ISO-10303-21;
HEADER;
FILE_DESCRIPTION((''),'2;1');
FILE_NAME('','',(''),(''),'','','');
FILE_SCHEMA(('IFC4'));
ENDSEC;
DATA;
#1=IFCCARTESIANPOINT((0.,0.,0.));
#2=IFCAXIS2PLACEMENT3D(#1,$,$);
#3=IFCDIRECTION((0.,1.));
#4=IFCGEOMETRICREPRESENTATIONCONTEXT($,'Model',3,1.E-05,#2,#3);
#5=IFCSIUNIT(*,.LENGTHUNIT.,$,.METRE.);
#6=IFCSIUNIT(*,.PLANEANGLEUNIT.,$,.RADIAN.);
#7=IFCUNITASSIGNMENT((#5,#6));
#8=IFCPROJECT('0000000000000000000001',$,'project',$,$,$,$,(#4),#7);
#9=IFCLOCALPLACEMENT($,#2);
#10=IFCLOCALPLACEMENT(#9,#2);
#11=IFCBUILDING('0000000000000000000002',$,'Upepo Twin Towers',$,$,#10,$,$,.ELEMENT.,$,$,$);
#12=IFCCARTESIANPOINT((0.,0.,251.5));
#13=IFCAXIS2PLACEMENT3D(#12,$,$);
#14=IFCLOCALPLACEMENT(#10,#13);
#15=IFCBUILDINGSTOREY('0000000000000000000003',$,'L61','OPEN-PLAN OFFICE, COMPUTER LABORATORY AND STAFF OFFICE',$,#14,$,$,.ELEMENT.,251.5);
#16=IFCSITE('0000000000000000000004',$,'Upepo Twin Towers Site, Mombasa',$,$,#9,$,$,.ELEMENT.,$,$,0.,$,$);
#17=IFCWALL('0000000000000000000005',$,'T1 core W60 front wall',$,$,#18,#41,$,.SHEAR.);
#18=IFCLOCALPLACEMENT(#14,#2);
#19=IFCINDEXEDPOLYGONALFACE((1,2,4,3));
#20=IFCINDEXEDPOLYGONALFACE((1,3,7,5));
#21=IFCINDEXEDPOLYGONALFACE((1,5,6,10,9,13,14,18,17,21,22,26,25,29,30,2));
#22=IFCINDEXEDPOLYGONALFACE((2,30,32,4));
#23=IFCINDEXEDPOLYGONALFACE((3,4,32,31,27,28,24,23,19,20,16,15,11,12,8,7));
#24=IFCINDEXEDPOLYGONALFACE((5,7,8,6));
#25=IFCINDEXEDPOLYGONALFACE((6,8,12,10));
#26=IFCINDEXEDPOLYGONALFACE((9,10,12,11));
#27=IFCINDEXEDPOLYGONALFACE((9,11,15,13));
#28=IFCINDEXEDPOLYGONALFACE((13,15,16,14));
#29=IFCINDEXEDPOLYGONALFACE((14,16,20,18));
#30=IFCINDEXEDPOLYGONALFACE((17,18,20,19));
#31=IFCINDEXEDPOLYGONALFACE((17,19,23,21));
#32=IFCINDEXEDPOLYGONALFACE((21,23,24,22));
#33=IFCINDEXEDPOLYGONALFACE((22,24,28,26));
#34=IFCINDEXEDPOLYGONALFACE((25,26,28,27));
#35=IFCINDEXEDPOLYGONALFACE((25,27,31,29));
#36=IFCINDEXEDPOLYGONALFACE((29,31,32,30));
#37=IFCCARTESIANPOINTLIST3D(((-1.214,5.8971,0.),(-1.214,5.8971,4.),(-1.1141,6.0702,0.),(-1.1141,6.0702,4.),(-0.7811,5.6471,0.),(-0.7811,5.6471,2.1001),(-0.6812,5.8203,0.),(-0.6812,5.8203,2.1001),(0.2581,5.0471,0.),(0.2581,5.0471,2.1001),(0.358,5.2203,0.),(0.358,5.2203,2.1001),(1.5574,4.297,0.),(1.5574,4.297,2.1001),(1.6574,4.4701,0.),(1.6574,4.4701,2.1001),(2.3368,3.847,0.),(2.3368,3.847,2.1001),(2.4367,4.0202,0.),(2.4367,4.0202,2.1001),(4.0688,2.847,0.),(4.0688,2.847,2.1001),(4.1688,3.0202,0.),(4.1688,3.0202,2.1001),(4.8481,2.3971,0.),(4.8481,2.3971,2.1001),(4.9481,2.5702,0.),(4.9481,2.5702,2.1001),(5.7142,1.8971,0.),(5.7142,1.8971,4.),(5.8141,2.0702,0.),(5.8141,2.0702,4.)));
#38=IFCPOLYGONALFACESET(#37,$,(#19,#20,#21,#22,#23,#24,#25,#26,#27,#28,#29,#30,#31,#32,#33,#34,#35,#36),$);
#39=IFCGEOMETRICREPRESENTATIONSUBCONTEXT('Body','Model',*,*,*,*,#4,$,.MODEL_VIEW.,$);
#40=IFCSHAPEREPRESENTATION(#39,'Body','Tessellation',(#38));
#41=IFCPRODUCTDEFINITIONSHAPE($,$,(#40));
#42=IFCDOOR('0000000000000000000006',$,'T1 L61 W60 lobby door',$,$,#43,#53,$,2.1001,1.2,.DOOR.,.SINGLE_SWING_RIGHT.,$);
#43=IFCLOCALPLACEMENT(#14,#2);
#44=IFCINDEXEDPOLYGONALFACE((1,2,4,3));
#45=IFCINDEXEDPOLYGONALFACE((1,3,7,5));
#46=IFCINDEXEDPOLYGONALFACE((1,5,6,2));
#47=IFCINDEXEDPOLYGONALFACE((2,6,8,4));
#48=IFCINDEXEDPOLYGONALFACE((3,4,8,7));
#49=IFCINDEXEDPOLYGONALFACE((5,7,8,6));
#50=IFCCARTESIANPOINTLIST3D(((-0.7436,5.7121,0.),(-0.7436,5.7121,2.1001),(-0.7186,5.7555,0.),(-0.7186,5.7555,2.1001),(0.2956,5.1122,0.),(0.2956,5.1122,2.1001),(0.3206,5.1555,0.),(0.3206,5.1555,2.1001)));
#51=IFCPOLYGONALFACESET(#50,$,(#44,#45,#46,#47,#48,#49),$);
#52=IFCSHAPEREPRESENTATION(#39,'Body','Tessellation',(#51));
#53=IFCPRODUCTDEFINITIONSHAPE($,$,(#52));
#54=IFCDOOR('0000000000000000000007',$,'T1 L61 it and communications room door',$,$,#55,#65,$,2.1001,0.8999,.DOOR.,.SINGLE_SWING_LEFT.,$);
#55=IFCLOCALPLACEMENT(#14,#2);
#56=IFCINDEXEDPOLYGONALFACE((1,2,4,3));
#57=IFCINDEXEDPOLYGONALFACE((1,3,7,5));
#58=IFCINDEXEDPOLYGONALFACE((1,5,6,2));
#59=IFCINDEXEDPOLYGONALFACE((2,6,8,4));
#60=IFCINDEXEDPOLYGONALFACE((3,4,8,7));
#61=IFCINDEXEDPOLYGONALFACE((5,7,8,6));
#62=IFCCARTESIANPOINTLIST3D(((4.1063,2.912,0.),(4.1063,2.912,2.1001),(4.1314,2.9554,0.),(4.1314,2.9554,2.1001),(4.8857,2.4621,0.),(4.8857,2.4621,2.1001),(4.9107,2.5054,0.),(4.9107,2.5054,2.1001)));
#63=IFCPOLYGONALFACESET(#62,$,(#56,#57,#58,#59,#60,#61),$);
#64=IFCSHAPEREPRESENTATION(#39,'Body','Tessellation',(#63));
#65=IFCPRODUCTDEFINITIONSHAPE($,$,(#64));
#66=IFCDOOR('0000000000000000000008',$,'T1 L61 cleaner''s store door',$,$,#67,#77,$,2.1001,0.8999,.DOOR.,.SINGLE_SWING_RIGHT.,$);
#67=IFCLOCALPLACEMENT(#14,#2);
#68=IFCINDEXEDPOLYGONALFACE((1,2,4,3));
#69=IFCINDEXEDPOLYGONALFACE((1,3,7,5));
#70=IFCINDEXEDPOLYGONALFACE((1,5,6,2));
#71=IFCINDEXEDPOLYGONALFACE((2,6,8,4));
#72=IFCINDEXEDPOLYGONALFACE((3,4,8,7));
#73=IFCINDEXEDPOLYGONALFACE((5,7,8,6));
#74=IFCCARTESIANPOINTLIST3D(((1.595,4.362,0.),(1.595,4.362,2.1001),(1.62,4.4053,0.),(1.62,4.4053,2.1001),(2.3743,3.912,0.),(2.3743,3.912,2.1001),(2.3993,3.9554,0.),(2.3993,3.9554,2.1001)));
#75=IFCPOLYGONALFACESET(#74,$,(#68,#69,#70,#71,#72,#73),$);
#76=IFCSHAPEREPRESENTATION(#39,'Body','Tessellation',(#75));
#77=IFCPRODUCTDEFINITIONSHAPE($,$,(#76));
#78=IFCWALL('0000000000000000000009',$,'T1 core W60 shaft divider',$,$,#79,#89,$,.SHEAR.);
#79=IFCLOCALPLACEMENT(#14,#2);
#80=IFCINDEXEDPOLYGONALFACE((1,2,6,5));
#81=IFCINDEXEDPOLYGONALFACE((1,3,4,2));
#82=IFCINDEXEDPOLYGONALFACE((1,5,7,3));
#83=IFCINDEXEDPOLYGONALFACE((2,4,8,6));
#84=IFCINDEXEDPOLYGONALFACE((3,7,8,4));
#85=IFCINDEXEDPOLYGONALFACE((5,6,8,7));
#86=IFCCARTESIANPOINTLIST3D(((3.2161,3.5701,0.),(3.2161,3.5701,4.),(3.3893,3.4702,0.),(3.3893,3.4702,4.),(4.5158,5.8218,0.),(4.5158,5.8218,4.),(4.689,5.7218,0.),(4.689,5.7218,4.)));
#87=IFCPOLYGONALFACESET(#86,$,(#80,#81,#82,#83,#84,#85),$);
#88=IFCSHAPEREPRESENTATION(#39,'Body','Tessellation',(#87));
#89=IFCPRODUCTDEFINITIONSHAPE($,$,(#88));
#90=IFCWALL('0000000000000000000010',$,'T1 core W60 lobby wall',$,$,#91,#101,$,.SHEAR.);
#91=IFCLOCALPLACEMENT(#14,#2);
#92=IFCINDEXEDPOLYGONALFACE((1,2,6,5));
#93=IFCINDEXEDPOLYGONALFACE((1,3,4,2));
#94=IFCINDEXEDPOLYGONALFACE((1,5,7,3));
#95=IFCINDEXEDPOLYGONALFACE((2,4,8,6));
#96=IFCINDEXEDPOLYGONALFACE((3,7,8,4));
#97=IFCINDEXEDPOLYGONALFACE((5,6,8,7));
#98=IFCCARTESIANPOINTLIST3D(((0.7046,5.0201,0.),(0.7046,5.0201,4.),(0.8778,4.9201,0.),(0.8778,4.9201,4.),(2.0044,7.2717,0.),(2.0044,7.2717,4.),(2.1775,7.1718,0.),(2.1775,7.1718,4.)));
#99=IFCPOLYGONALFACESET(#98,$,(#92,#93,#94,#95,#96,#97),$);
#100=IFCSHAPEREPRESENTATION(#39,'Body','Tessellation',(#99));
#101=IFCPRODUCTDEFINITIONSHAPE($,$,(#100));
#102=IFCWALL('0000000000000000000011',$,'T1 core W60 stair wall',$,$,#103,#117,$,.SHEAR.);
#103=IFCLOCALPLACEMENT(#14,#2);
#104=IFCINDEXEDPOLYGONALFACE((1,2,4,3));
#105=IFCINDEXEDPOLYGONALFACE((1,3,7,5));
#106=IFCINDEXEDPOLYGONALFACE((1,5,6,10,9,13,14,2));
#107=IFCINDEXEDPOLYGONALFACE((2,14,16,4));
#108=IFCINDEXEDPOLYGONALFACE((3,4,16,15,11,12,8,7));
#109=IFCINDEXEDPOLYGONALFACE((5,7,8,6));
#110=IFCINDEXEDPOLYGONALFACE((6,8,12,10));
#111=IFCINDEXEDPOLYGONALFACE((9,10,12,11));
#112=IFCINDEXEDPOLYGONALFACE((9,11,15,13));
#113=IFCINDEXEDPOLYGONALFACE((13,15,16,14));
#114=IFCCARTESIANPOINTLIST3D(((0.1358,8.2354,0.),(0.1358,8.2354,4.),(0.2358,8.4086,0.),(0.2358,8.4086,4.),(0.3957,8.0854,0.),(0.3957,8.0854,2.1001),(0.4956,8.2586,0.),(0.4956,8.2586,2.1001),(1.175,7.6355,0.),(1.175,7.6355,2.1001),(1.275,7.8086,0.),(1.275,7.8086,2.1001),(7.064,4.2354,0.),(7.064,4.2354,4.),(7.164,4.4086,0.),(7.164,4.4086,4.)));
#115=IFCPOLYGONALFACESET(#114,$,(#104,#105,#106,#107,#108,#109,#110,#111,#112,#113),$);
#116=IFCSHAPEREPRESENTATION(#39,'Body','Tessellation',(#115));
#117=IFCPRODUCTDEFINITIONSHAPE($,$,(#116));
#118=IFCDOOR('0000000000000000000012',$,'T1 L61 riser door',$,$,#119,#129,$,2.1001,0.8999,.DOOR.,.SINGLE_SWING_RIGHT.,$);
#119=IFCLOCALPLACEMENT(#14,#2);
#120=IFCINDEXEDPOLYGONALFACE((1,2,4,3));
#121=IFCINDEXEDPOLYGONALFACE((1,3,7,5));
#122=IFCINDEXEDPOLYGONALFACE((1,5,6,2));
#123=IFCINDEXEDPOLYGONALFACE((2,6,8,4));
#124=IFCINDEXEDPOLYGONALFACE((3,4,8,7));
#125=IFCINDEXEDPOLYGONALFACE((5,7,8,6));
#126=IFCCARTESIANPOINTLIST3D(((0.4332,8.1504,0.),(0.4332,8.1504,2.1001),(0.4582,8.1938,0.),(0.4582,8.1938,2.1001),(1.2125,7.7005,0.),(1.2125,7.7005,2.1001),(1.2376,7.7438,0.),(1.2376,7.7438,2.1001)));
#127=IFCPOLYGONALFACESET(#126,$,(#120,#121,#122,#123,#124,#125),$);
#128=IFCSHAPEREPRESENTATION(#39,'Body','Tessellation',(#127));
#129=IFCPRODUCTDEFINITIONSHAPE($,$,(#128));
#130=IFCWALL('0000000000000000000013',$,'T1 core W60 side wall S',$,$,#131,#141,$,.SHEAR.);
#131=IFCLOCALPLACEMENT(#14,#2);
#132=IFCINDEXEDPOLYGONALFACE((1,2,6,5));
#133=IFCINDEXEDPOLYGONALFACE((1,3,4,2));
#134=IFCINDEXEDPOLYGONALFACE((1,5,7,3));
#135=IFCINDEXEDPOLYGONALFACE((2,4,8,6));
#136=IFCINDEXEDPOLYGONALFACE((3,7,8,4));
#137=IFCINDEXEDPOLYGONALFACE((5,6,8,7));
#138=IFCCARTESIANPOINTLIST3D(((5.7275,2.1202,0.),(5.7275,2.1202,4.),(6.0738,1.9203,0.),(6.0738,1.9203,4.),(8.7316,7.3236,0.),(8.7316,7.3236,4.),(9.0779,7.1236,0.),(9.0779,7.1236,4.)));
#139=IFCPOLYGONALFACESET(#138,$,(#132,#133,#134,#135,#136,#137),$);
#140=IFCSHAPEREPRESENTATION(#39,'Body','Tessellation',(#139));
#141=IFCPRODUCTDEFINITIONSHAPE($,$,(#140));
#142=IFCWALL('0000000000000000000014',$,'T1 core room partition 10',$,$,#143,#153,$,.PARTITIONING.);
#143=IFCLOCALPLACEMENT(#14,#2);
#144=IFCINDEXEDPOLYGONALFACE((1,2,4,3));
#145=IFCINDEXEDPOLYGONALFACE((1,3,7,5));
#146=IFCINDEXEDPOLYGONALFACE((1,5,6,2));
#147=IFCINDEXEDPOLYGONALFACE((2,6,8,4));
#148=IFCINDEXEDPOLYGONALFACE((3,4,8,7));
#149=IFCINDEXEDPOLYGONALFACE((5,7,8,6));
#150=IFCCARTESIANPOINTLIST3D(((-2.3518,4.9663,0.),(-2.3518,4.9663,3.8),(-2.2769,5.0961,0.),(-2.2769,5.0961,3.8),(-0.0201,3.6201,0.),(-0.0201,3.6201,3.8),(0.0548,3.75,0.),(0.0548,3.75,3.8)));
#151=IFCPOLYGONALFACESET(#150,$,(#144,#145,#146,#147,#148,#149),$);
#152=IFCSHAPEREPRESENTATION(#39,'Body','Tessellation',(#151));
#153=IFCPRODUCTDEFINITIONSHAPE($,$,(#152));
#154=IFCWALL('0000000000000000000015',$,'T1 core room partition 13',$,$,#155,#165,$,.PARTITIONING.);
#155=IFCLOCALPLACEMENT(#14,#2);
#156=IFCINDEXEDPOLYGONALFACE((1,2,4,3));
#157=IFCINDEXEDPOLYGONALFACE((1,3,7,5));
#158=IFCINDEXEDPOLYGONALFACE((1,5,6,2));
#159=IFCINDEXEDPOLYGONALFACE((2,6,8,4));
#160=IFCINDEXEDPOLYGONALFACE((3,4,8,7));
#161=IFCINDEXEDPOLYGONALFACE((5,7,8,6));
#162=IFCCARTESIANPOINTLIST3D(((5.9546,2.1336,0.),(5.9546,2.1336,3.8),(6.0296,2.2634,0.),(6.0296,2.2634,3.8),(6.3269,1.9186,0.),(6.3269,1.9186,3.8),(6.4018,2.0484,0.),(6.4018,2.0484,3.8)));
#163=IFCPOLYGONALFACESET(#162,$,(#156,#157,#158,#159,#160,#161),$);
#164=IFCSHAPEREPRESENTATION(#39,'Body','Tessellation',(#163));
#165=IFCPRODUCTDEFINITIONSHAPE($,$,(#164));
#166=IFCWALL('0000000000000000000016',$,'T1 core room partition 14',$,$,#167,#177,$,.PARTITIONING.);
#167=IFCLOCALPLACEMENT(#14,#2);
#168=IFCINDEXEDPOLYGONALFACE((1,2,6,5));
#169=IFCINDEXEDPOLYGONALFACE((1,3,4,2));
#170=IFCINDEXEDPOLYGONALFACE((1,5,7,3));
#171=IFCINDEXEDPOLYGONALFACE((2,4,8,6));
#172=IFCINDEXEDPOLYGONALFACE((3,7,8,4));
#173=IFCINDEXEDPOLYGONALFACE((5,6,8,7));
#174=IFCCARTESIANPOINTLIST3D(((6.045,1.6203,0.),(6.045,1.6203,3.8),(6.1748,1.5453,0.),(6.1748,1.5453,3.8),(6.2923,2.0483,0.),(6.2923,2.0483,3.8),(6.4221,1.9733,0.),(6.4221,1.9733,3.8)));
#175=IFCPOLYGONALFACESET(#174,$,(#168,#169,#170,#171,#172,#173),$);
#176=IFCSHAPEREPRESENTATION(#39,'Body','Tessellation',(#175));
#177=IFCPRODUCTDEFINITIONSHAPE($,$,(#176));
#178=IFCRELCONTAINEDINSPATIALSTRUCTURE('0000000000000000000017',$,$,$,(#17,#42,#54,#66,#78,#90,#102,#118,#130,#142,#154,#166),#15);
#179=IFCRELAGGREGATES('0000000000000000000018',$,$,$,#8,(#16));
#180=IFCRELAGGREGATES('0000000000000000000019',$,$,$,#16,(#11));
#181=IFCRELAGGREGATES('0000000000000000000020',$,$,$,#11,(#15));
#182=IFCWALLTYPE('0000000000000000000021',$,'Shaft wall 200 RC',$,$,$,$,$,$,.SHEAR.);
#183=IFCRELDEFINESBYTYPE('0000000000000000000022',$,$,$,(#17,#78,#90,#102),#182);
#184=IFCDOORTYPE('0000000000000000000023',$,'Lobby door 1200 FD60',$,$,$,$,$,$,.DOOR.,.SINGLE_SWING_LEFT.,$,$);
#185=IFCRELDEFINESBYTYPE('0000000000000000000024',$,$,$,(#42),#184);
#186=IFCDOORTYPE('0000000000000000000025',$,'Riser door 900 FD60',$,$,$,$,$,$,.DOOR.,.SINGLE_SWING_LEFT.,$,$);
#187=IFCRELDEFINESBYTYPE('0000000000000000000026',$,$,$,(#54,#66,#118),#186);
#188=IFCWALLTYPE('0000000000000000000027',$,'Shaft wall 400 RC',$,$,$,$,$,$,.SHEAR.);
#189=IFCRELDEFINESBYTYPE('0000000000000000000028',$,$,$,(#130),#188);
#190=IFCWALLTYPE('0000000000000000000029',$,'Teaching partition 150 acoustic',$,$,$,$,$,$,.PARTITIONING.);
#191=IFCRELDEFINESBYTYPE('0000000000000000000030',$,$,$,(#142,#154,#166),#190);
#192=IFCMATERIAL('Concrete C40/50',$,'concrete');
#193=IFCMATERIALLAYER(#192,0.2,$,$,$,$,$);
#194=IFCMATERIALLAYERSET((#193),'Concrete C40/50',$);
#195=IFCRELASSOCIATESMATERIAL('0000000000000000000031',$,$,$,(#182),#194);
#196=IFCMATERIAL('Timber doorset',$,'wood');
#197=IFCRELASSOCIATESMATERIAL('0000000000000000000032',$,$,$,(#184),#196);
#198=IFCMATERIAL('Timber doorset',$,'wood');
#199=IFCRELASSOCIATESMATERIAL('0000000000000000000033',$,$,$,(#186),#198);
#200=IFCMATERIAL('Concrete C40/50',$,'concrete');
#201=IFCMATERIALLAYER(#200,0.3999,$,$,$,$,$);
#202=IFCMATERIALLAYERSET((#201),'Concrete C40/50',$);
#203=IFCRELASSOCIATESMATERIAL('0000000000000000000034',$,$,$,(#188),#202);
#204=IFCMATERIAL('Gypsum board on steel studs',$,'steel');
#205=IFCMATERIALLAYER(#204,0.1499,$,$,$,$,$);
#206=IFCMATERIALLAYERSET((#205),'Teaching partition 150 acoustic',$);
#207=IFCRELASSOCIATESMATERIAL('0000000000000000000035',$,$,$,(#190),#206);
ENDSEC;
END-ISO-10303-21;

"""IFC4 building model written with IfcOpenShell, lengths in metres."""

from ifc_helpers import new_model, si_unit, direction, frame, frame_2d, origin, place, context, subcontext, project, spatial, rectangle, extrude, material, layer, layer_set, type_object, element, fill, save


model = new_model("IFC4")

# Units and contexts
model_context = context("Model", 3, precision=1e-05, world=origin(), true_north=direction((0.0, 1.0)))
body_context = subcontext(model_context, "Body", "Model", "MODEL_VIEW")
ifc_project = project(units=[si_unit("LENGTHUNIT", "METRE"), si_unit("PLANEANGLEUNIT", "RADIAN")], contexts=[model_context])

# Site, building, storey
site_placement = place(None, origin())
site = spatial("IfcSite", under=ifc_project, at=site_placement, Name="Upepo Twin Towers Site, Mombasa", CompositionType="ELEMENT", RefElevation=0.0)
building_placement = place(site_placement, origin())
building = spatial("IfcBuilding", under=site, at=building_placement, Name="Upepo Twin Towers", CompositionType="ELEMENT")
storey_placement = place(building_placement, frame((0.0, 0.0, 251.5)))
storey = spatial("IfcBuildingStorey", under=building, at=storey_placement, Name="L61", Description="OPEN-PLAN OFFICE, COMPUTER LABORATORY AND STAFF OFFICE", CompositionType="ELEMENT", Elevation=251.5)

# Wall, openings, doors
ifc_material_1 = material(Name="Concrete C40/50", Category="concrete")
ifc_layer_1 = layer(ifc_material_1, 0.2)
ifc_layer_set_1 = layer_set([ifc_layer_1], Name="Concrete C40/50")
wall_type_1 = type_object("IfcWallType", Name="Shaft wall 200 RC", PredefinedType="SHEAR", material=ifc_layer_set_1)
wall_1_placement = place(storey_placement, frame((5.7642, 1.9836, 0.0), z_axis=(0.0, 0.0, 1.0), x_axis=(-0.866026, 0.499999, 0.0)))
wall_1 = element("IfcWall", 1, at=wall_1_placement, inside=storey, type_object=wall_type_1, Name="T1 core W60 front wall", PredefinedType="SHEAR", context=body_context, shape_type="SweptSolid", body=[
    extrude(rectangle(XDim=8.0, YDim=0.2, at=frame_2d((4.0, 0.0))), origin(), (0.0, 0.0, 1.0), 4.0),
])
opening_1_placement = place(wall_1_placement, frame((6.3, 0.0, 0.0)))
opening_1 = element("IfcOpeningElement", 2, at=opening_1_placement, cuts=wall_1, PredefinedType="OPENING", context=body_context, shape_type="SweptSolid", body=[
    extrude(rectangle(XDim=1.2, YDim=2.1001, at=frame_2d((0.6001, 1.05))), frame((0.0, 0.1099, 0.0), z_axis=(0.0, -1.0, 0.0), x_axis=(1.0, 0.0, 0.0)), (0.0, 0.0, 1.0), 0.22),
])
opening_2_placement = place(wall_1_placement, frame((1.0, 0.0, 0.0)))
opening_2 = element("IfcOpeningElement", 3, at=opening_2_placement, cuts=wall_1, PredefinedType="OPENING", context=body_context, shape_type="SweptSolid", body=[
    extrude(rectangle(XDim=0.8999, YDim=2.1001, at=frame_2d((0.45, 1.05))), frame((0.0, 0.1099, 0.0), z_axis=(0.0, -1.0, 0.0), x_axis=(1.0, 0.0, 0.0)), (0.0, 0.0, 1.0), 0.22),
])
opening_3_placement = place(wall_1_placement, frame((3.8999, 0.0, 0.0)))
opening_3 = element("IfcOpeningElement", 4, at=opening_3_placement, cuts=wall_1, PredefinedType="OPENING", context=body_context, shape_type="SweptSolid", body=[
    extrude(rectangle(XDim=0.8999, YDim=2.1001, at=frame_2d((0.45, 1.05))), frame((0.0, 0.1099, 0.0), z_axis=(0.0, -1.0, 0.0), x_axis=(1.0, 0.0, 0.0)), (0.0, 0.0, 1.0), 0.22),
])
ifc_material_2 = material(Name="Timber doorset", Category="wood")
door_type_1 = type_object("IfcDoorType", Name="Lobby door 1200 FD60", OperationType="SINGLE_SWING_LEFT", PredefinedType="DOOR", material=ifc_material_2)
door_1_placement = place(opening_1_placement, origin())
door_1 = element("IfcDoor", 5, at=door_1_placement, inside=storey, type_object=door_type_1, Name="T1 L61 W60 lobby door", OperationType="SINGLE_SWING_RIGHT", OverallHeight=2.1001, OverallWidth=1.2, PredefinedType="DOOR", context=body_context, shape_type="SweptSolid", body=[
    extrude(rectangle(XDim=1.2, YDim=2.1001, at=frame_2d((0.6001, 1.05))), frame((0.0, 0.0249, 0.0), z_axis=(0.0, -1.0, 0.0), x_axis=(1.0, 0.0, 0.0)), (0.0, 0.0, 1.0), 0.05),
])
fill(opening_1, door_1)
ifc_material_3 = material(Name="Timber doorset", Category="wood")
door_type_2 = type_object("IfcDoorType", Name="Riser door 900 FD60", OperationType="SINGLE_SWING_LEFT", PredefinedType="DOOR", material=ifc_material_3)
door_2_placement = place(opening_2_placement, origin())
door_2 = element("IfcDoor", 6, at=door_2_placement, inside=storey, type_object=door_type_2, Name="T1 L61 it and communications room door", OperationType="SINGLE_SWING_LEFT", OverallHeight=2.1001, OverallWidth=0.8999, PredefinedType="DOOR", context=body_context, shape_type="SweptSolid", body=[
    extrude(rectangle(XDim=0.8999, YDim=2.1001, at=frame_2d((0.45, 1.05))), frame((0.0, 0.0249, 0.0), z_axis=(0.0, -1.0, 0.0), x_axis=(1.0, 0.0, 0.0)), (0.0, 0.0, 1.0), 0.05),
])
fill(opening_2, door_2)
door_3_placement = place(opening_3_placement, origin())
door_3 = element("IfcDoor", 7, at=door_3_placement, inside=storey, type_object=door_type_2, Name="T1 L61 cleaner's store door", OperationType="SINGLE_SWING_RIGHT", OverallHeight=2.1001, OverallWidth=0.8999, PredefinedType="DOOR", context=body_context, shape_type="SweptSolid", body=[
    extrude(rectangle(XDim=0.8999, YDim=2.1001, at=frame_2d((0.45, 1.05))), frame((0.0, 0.0249, 0.0), z_axis=(0.0, -1.0, 0.0), x_axis=(1.0, 0.0, 0.0)), (0.0, 0.0, 1.0), 0.05),
])
fill(opening_3, door_3)

# Walls
for number, where, z_axis, x_axis, name in (
    (8, (3.3027, 3.5203, 0.0), (0.0, 0.0, 1.0), (0.499937, 0.866062, 0.0), "T1 core W60 shaft divider"),
    (9, (0.7913, 4.9702, 0.0), (0.0, 0.0, 1.0), (0.499937, 0.866062, 0.0), "T1 core W60 lobby wall"),
):
    element("IfcWall", number, at=place(storey_placement, frame(where, z_axis=z_axis, x_axis=x_axis)), inside=storey, type_object=wall_type_1, Name=name, PredefinedType="SHEAR", context=body_context, shape_type="SweptSolid", body=[
        extrude(rectangle(XDim=2.5999, YDim=0.2, at=frame_2d((1.2998, 0.0))), origin(), (0.0, 0.0, 1.0), 4.0),
    ])

# Wall, opening, door
wall_2_placement = place(storey_placement, frame((7.114, 4.322, 0.0), z_axis=(0.0, 0.0, 1.0), x_axis=(-0.866026, 0.499999, 0.0)))
wall_2 = element("IfcWall", 10, at=wall_2_placement, inside=storey, type_object=wall_type_1, Name="T1 core W60 stair wall", PredefinedType="SHEAR", context=body_context, shape_type="SweptSolid", body=[
    extrude(rectangle(XDim=8.0, YDim=0.2, at=frame_2d((4.0, 0.0))), origin(), (0.0, 0.0, 1.0), 4.0),
])
opening_4_placement = place(wall_2_placement, frame((6.8, 0.0, 0.0)))
opening_4 = element("IfcOpeningElement", 11, at=opening_4_placement, cuts=wall_2, PredefinedType="OPENING", context=body_context, shape_type="SweptSolid", body=[
    extrude(rectangle(XDim=0.8999, YDim=2.1001, at=frame_2d((0.45, 1.05))), frame((0.0, 0.1099, 0.0), z_axis=(0.0, -1.0, 0.0), x_axis=(1.0, 0.0, 0.0)), (0.0, 0.0, 1.0), 0.22),
])
door_4_placement = place(opening_4_placement, origin())
door_4 = element("IfcDoor", 12, at=door_4_placement, inside=storey, type_object=door_type_2, Name="T1 L61 riser door", OperationType="SINGLE_SWING_RIGHT", OverallHeight=2.1001, OverallWidth=0.8999, PredefinedType="DOOR", context=body_context, shape_type="SweptSolid", body=[
    extrude(rectangle(XDim=0.8999, YDim=2.1001, at=frame_2d((0.45, 1.05))), frame((0.0, 0.0249, 0.0), z_axis=(0.0, -1.0, 0.0), x_axis=(1.0, 0.0, 0.0)), (0.0, 0.0, 1.0), 0.05),
])
fill(opening_4, door_4)

# Walls
ifc_material_4 = material(Name="Concrete C40/50", Category="concrete")
ifc_layer_2 = layer(ifc_material_4, 0.3999)
ifc_layer_set_2 = layer_set([ifc_layer_2], Name="Concrete C40/50")
wall_type_2 = type_object("IfcWallType", Name="Shaft wall 400 RC", PredefinedType="SHEAR", material=ifc_layer_set_2)
wall_3_placement = place(storey_placement, frame((5.9006, 2.0203, 0.0), z_axis=(0.0, 0.0, 1.0), x_axis=(0.499998, 0.866027, 0.0)))
element("IfcWall", 13, at=wall_3_placement, inside=storey, type_object=wall_type_2, Name="T1 core W60 side wall S", PredefinedType="SHEAR", context=body_context, shape_type="SweptSolid", body=[
    extrude(rectangle(XDim=6.0083, YDim=0.3999, at=frame_2d((3.0042, 0.0))), origin(), (0.0, 0.0, 1.0), 4.0),
])
ifc_material_5 = material(Name="Gypsum board on steel studs", Category="steel")
ifc_layer_3 = layer(ifc_material_5, 0.1499)
ifc_layer_set_3 = layer_set([ifc_layer_3], Name="Teaching partition 150 acoustic")
wall_type_3 = type_object("IfcWallType", Name="Teaching partition 150 acoustic", PredefinedType="PARTITIONING", material=ifc_layer_set_3)
wall_4_placement = place(storey_placement, frame((0.0173, 3.6851, 0.0), z_axis=(0.0, 0.0, 1.0), x_axis=(-0.866036, 0.499981, 0.0)))
element("IfcWall", 14, at=wall_4_placement, inside=storey, type_object=wall_type_3, Name="T1 core room partition 10", PredefinedType="PARTITIONING", context=body_context, shape_type="SweptSolid", body=[
    extrude(rectangle(XDim=2.6924, YDim=0.1499, at=frame_2d((1.3462, 0.0))), origin(), (0.0, 0.0, 1.0), 3.8),
])
wall_5_placement = place(storey_placement, frame((5.9922, 2.1985, 0.0), z_axis=(0.0, 0.0, 1.0), x_axis=(0.865892, -0.50023, 0.0)))
element("IfcWall", 15, at=wall_5_placement, inside=storey, type_object=wall_type_3, Name="T1 core room partition 13", PredefinedType="PARTITIONING", context=body_context, shape_type="SweptSolid", body=[
    extrude(rectangle(XDim=0.4299, YDim=0.1499, at=frame_2d((0.2148, 0.0))), origin(), (0.0, 0.0, 1.0), 3.8),
])
wall_6_placement = place(storey_placement, frame((6.3572, 2.0107, 0.0), z_axis=(0.0, 0.0, 1.0), x_axis=(-0.500335, -0.865832, 0.0)))
element("IfcWall", 16, at=wall_6_placement, inside=storey, type_object=wall_type_3, Name="T1 core room partition 14", PredefinedType="PARTITIONING", context=body_context, shape_type="SweptSolid", body=[
    extrude(rectangle(XDim=0.4944, YDim=0.1499, at=frame_2d((0.2471, 0.0))), origin(), (0.0, 0.0, 1.0), 3.8),
])

save(model, "model.ifc")
